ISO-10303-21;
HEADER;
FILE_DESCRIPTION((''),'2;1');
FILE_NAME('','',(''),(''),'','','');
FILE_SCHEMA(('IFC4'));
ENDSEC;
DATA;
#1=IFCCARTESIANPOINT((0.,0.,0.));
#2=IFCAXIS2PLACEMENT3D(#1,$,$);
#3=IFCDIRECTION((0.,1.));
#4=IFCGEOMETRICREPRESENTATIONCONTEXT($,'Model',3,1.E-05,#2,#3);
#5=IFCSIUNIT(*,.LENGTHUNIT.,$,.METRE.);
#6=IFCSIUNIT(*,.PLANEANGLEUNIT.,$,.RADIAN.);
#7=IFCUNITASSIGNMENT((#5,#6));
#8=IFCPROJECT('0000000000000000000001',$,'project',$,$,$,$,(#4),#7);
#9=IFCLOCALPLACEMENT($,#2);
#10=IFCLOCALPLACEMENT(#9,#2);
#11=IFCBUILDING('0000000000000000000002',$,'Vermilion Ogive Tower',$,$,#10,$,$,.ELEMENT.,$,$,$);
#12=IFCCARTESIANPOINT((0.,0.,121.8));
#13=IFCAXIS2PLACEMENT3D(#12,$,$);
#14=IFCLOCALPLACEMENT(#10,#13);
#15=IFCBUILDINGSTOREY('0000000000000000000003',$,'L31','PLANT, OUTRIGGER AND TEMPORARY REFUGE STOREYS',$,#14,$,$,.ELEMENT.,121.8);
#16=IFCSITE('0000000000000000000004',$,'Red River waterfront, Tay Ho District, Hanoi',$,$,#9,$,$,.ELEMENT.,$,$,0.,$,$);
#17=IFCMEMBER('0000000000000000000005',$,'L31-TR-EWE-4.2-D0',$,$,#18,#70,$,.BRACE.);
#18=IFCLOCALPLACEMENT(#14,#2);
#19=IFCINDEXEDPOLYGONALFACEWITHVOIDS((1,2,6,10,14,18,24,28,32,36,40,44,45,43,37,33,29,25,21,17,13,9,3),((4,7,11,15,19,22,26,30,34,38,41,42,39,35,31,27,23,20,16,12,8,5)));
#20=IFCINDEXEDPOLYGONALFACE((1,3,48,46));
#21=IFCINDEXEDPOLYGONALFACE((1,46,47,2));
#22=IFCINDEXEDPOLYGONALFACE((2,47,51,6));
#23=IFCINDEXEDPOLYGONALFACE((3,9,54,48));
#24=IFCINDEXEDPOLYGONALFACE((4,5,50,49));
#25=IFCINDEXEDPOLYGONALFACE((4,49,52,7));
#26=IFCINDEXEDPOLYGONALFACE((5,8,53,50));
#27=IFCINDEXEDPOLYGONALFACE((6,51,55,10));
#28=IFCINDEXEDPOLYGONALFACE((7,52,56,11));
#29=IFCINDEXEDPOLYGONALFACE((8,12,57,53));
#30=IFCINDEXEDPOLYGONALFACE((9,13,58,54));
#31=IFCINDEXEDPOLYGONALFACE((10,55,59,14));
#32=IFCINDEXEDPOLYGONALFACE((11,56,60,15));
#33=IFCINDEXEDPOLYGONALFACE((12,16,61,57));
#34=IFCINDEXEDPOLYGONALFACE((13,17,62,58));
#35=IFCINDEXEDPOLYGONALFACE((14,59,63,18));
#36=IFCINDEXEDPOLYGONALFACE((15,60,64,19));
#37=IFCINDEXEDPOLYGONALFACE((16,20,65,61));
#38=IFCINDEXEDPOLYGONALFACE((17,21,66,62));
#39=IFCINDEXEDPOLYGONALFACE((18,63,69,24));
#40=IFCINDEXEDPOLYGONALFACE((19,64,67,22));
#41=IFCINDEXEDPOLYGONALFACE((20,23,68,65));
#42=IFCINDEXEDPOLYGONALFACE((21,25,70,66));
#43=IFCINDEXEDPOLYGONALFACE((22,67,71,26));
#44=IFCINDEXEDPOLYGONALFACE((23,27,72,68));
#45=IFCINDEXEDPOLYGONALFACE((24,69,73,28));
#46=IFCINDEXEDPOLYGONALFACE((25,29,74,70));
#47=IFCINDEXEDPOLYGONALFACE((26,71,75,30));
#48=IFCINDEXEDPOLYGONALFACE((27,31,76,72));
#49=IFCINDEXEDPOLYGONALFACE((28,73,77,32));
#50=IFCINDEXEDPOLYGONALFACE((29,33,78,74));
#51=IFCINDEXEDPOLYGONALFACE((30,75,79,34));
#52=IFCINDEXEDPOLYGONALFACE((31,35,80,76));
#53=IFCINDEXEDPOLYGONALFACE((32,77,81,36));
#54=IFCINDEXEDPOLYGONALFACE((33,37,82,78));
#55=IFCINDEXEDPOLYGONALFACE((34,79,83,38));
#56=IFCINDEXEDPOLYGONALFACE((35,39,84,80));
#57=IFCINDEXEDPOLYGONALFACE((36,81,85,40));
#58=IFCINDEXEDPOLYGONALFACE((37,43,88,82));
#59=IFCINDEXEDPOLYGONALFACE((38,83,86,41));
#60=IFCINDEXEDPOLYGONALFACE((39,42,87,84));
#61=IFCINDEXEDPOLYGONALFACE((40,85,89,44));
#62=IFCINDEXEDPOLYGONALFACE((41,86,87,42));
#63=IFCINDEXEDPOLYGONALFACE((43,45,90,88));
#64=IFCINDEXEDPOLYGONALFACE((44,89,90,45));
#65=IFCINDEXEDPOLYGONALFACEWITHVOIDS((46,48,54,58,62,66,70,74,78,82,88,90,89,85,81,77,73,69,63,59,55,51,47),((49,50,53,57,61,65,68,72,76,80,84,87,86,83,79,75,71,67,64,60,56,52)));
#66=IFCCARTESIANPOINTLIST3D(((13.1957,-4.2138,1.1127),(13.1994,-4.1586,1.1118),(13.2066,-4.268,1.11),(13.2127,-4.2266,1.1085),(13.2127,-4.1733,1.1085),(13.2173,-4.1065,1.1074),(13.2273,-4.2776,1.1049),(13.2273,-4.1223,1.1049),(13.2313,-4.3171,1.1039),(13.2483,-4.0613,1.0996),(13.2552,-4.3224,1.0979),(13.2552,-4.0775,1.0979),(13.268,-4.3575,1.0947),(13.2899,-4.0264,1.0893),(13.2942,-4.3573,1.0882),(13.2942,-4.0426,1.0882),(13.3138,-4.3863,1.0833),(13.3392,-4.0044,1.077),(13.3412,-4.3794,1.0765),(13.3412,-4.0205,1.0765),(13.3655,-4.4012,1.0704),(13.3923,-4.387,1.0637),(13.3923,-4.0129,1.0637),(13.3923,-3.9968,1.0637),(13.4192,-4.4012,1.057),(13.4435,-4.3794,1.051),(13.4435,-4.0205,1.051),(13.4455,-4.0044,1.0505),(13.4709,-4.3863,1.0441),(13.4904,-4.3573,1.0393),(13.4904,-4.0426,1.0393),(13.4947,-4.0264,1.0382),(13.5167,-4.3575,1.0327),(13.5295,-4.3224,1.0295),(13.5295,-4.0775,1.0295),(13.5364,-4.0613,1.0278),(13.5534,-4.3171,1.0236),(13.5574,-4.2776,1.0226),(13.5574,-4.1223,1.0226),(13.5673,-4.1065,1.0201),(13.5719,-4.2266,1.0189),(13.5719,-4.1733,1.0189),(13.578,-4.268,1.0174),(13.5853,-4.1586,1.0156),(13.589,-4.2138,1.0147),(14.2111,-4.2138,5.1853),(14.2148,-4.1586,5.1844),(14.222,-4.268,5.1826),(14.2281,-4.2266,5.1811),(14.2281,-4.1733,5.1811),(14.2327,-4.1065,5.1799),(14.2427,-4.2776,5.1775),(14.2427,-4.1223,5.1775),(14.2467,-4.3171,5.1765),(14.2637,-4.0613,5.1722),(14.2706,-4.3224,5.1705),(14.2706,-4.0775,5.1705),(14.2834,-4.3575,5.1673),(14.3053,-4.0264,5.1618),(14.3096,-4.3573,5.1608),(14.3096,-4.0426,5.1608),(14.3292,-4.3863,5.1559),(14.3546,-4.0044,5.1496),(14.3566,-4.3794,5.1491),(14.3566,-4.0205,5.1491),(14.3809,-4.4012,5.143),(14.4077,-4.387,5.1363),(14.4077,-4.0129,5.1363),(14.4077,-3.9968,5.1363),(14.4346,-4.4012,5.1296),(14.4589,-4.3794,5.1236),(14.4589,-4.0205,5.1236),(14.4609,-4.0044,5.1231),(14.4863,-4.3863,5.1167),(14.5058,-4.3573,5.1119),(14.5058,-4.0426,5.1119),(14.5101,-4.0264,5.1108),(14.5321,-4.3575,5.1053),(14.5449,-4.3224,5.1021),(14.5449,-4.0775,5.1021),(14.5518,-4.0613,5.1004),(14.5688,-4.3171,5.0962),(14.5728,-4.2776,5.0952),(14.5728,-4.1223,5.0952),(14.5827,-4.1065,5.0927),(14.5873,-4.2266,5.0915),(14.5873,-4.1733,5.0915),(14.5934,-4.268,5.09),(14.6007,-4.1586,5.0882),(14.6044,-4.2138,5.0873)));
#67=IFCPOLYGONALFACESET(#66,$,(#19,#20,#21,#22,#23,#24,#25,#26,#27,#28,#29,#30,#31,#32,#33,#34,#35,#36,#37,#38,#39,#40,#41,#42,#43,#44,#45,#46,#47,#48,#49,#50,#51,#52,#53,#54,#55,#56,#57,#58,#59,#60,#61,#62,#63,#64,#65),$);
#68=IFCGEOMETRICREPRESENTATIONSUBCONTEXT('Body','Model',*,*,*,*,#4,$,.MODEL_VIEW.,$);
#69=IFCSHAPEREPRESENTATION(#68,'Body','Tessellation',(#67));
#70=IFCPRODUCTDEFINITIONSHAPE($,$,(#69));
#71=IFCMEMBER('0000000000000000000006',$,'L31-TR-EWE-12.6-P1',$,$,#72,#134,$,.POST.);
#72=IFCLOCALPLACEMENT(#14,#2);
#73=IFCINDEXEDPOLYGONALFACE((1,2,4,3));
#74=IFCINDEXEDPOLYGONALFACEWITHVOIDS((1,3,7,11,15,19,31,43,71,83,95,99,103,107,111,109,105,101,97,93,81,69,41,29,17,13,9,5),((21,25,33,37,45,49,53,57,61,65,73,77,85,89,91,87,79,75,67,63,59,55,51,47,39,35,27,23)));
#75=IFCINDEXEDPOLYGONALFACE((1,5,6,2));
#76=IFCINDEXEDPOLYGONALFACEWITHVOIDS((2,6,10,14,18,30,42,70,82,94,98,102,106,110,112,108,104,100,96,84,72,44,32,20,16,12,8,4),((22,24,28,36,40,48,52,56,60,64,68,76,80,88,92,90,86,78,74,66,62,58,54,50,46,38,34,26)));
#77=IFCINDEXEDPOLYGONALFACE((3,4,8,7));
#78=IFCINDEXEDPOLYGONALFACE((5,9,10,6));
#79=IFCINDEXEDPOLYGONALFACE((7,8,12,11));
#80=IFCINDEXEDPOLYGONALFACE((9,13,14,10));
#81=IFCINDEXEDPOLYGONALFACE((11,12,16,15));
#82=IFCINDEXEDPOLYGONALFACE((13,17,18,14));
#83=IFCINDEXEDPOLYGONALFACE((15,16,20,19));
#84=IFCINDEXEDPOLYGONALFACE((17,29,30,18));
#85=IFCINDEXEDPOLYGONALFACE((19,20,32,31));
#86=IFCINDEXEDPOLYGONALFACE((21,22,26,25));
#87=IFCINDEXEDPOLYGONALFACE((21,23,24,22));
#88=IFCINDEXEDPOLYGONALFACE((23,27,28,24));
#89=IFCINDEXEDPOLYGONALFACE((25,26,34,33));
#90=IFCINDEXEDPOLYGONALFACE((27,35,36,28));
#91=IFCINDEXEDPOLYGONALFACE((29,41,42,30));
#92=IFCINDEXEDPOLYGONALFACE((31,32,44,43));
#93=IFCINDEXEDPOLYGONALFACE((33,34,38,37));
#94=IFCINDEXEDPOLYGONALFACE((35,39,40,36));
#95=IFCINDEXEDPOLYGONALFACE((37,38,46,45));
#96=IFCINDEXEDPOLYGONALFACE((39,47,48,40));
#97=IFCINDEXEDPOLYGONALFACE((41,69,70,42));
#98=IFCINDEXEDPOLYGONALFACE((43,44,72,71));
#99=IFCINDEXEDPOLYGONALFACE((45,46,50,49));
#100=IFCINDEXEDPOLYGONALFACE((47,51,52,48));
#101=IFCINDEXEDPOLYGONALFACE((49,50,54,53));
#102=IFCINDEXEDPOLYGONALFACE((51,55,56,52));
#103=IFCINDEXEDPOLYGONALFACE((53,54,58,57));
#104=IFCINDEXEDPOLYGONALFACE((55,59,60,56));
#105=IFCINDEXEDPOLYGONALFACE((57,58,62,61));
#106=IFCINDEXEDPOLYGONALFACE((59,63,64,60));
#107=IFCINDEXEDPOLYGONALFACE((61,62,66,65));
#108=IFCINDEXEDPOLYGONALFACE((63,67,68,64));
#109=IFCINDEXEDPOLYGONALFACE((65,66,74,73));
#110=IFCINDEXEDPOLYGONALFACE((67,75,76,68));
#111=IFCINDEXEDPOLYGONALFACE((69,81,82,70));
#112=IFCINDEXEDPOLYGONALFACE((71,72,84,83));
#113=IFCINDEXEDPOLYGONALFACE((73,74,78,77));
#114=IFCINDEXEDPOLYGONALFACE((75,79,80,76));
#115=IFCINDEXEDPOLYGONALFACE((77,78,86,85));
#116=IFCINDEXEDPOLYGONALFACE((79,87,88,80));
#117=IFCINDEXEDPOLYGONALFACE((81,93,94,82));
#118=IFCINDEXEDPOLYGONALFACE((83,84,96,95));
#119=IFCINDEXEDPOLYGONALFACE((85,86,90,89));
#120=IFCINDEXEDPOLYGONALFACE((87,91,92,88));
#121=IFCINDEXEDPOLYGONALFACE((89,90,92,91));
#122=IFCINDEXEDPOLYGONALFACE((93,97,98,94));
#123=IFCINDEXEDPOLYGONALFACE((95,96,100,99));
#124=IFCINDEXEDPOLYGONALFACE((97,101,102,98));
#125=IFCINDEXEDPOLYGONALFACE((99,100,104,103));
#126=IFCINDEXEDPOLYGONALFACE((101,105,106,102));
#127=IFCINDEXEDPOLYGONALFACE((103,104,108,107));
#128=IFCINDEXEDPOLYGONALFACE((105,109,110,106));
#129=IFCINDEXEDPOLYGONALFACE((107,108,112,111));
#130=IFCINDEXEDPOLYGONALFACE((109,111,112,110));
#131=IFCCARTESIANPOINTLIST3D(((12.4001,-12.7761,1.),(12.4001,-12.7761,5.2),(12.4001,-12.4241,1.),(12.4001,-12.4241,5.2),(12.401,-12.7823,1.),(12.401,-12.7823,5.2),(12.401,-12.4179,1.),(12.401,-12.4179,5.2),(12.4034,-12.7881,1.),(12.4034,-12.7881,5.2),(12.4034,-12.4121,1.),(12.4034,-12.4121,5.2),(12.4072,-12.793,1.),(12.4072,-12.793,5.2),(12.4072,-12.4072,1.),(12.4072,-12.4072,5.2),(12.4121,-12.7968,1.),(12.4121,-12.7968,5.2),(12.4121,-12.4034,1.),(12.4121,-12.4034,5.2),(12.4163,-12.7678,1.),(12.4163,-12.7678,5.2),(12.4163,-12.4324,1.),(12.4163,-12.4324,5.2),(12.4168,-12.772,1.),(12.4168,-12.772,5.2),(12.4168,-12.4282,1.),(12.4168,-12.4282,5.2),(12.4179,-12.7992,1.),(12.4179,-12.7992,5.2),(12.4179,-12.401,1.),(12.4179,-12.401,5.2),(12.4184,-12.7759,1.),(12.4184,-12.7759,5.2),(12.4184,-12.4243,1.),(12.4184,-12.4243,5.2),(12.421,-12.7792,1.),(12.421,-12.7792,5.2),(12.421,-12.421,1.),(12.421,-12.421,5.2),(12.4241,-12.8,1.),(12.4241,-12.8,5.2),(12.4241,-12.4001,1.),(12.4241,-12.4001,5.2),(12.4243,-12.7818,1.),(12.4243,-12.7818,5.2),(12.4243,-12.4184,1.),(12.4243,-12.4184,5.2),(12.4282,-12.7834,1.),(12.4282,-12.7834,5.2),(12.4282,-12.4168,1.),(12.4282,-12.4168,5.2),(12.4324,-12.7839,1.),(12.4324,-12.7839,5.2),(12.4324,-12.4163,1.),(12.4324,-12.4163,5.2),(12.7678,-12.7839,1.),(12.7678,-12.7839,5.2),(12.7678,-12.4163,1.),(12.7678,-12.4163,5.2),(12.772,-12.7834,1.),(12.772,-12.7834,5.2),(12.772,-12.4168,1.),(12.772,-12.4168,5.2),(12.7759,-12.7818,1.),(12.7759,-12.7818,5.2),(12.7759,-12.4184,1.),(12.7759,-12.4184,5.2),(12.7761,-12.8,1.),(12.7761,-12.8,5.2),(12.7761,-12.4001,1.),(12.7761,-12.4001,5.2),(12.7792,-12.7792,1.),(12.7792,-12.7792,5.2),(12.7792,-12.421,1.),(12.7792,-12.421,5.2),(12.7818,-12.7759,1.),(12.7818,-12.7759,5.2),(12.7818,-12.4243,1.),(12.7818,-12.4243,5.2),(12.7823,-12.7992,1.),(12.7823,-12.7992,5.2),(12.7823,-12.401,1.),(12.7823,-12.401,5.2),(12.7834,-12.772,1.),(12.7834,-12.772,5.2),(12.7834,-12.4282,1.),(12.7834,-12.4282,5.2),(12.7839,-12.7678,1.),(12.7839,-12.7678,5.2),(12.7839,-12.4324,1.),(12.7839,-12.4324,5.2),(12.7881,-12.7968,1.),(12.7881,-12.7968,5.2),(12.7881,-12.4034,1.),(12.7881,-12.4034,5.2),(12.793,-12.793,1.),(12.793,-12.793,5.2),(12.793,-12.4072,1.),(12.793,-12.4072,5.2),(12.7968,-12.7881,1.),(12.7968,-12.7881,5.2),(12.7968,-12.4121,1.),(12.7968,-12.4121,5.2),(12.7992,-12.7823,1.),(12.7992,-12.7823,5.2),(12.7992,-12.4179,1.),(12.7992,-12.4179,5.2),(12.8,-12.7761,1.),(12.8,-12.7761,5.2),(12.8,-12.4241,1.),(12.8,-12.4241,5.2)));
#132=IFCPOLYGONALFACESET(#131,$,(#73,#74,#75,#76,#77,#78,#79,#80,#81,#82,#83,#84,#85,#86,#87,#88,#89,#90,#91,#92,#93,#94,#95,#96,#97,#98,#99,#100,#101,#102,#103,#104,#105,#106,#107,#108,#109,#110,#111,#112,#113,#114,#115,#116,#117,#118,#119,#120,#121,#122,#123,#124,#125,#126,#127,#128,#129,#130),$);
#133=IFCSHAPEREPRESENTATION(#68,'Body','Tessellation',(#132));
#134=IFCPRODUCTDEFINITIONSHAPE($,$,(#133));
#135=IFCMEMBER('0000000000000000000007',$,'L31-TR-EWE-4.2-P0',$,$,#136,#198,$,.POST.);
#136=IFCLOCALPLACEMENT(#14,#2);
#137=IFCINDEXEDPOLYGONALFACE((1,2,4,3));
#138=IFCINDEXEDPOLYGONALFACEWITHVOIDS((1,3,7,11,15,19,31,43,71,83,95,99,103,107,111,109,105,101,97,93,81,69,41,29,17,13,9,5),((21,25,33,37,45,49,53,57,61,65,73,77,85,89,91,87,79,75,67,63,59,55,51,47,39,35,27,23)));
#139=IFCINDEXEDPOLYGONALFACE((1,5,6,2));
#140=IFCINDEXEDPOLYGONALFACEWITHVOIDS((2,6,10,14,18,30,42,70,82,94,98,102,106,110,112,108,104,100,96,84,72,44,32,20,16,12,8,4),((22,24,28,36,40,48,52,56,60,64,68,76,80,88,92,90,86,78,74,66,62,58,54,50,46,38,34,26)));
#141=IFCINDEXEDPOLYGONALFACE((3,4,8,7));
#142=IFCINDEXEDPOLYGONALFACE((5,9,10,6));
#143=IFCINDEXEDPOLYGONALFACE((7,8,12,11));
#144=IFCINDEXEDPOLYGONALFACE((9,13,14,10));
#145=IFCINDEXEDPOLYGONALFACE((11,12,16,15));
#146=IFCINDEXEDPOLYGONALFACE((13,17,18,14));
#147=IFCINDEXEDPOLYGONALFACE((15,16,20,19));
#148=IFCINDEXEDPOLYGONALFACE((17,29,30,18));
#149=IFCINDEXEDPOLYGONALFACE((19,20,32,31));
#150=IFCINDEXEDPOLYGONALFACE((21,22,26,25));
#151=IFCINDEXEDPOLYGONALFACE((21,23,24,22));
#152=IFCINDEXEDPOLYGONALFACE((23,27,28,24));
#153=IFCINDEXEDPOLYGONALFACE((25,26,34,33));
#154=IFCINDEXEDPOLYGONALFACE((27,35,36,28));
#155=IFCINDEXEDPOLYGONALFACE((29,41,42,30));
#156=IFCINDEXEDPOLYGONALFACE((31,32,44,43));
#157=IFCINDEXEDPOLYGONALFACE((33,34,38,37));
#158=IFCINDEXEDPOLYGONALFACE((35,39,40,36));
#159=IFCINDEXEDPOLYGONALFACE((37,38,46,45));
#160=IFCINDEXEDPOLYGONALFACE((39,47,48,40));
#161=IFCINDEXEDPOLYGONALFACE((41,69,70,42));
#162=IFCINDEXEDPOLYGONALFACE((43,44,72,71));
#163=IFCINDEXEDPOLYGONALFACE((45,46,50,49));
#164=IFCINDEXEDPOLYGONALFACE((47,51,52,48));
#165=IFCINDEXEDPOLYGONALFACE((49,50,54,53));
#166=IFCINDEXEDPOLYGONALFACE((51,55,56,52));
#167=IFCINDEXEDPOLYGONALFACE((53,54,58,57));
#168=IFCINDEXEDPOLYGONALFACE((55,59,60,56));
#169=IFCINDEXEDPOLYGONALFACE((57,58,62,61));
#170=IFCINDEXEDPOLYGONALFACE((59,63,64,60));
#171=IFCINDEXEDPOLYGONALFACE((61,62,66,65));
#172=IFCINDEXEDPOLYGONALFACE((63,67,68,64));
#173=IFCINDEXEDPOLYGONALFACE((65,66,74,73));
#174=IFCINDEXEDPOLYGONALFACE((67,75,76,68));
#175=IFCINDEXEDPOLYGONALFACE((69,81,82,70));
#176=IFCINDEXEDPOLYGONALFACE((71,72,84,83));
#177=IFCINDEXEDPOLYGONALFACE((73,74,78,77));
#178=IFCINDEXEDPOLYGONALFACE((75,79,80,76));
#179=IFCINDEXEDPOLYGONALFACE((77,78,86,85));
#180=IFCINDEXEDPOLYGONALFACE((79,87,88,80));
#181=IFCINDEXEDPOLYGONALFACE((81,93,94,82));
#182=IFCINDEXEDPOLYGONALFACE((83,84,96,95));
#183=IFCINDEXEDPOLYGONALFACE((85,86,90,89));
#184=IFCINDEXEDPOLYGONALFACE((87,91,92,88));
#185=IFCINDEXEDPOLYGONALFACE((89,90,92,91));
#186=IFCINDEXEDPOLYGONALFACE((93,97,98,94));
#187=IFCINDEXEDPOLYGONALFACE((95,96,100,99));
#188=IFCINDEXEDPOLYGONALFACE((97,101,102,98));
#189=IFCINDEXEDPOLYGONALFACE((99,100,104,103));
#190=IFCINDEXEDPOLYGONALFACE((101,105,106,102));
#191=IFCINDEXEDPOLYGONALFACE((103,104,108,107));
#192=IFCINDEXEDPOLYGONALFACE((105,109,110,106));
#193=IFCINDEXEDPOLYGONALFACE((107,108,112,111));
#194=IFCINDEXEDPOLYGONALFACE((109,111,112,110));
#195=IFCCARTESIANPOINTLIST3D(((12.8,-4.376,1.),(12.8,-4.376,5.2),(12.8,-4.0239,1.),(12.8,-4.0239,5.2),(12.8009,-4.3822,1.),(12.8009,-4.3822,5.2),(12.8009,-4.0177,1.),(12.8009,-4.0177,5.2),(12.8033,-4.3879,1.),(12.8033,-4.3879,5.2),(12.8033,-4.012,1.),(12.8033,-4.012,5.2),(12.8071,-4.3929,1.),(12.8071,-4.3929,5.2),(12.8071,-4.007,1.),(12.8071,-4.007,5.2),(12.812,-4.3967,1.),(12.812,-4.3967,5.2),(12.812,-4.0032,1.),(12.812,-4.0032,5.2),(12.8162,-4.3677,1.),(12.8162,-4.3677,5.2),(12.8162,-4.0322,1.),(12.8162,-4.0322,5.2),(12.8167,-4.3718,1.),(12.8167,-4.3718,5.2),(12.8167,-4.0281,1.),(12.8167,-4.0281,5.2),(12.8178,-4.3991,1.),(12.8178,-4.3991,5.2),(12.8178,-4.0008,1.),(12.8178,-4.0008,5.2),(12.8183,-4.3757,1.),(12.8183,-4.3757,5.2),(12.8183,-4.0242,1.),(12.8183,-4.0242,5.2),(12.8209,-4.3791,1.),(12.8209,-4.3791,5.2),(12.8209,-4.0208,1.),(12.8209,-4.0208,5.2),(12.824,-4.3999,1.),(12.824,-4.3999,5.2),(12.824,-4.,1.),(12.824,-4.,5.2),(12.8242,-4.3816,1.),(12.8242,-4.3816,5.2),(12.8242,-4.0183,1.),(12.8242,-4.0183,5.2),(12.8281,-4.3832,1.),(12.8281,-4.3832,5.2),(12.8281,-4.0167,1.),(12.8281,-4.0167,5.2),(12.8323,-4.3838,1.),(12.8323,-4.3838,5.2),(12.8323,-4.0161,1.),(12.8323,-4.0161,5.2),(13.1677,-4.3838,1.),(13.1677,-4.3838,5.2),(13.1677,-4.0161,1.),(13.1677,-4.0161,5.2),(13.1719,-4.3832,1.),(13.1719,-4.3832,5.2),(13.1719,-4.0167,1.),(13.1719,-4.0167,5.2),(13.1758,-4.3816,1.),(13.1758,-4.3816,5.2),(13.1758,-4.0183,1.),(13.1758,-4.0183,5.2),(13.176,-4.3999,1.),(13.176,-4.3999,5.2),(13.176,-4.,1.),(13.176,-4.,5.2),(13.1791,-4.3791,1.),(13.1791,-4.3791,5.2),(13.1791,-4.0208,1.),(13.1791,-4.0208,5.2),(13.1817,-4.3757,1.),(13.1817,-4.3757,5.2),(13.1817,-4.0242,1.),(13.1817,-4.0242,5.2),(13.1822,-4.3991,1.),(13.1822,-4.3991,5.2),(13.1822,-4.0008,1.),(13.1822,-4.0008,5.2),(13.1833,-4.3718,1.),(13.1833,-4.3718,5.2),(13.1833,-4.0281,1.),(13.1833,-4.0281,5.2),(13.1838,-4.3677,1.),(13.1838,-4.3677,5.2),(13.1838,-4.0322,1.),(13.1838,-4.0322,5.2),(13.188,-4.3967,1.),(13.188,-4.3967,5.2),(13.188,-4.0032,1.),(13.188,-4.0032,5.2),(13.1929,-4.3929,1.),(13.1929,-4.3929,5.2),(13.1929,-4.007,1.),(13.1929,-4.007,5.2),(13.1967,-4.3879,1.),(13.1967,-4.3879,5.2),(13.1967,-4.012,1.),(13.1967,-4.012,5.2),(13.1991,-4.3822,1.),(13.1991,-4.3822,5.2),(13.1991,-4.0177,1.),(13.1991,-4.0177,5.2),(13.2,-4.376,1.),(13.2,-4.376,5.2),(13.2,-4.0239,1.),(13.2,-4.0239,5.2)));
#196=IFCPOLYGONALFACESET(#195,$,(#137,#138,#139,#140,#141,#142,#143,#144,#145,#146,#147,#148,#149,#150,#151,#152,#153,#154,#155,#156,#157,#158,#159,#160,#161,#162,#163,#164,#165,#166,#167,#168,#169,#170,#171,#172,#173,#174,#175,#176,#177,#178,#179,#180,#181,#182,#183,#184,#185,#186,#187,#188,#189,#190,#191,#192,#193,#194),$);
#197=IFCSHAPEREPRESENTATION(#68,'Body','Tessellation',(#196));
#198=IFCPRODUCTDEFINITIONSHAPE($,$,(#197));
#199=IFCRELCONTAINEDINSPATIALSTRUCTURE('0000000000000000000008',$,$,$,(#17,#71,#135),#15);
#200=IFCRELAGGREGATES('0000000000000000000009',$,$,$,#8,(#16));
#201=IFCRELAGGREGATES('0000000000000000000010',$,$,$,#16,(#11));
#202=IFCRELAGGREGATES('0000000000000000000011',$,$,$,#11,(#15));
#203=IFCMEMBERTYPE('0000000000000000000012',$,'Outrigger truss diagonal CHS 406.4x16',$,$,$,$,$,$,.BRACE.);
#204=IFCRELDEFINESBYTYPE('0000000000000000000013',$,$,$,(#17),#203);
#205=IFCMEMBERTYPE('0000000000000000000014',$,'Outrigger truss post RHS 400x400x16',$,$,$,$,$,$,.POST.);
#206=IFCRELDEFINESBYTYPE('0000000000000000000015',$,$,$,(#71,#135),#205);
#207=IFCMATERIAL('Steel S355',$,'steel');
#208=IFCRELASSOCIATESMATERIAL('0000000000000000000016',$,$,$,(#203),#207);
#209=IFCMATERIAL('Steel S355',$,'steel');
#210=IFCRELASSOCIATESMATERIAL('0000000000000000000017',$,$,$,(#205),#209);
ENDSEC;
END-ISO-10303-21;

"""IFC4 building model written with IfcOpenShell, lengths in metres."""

from ifc_helpers import new_model, si_unit, direction, frame, origin, origin_2d, place, context, subcontext, project, spatial, hollow_rectangle, hollow_circle, extrude, material, material_profile, profile_set, type_object, element, save


model = new_model("IFC4")

# Units and contexts
model_context = context("Model", 3, precision=1e-05, world=origin(), true_north=direction((0.0, 1.0)))
body_context = subcontext(model_context, "Body", "Model", "MODEL_VIEW")
ifc_project = project(units=[si_unit("LENGTHUNIT", "METRE"), si_unit("PLANEANGLEUNIT", "RADIAN")], contexts=[model_context])

# Site, building, storey
site_placement = place(None, origin())
site = spatial("IfcSite", under=ifc_project, at=site_placement, Name="Red River waterfront, Tay Ho District, Hanoi", CompositionType="ELEMENT", RefElevation=0.0)
building_placement = place(site_placement, origin())
building = spatial("IfcBuilding", under=site, at=building_placement, Name="Vermilion Ogive Tower", CompositionType="ELEMENT")
storey_placement = place(building_placement, frame((0.0, 0.0, 121.8)))
storey = spatial("IfcBuildingStorey", under=building, at=storey_placement, Name="L31", Description="PLANT, OUTRIGGER AND TEMPORARY REFUGE STOREYS", CompositionType="ELEMENT", Elevation=121.8)

# Members
ifc_material_1 = material(Name="Steel S355", Category="steel")
ifc_material_profile_1 = material_profile(ifc_material_1, hollow_circle(Radius=0.2031, WallThickness=0.0161, at=origin_2d()), Name="CHS 406.4x16")
ifc_profile_set_1 = profile_set([ifc_material_profile_1], Name="Steel S355")
member_type_1 = type_object("IfcMemberType", Name="Outrigger truss diagonal CHS 406.4x16", PredefinedType="BRACE", material=ifc_profile_set_1)
member_1_placement = place(storey_placement, frame((13.3923, -4.2, 1.0637), z_axis=(0.24192, 0.0, 0.970296), x_axis=(0.0, 1.0, 0.0)))
element("IfcMember", 1, at=member_1_placement, inside=storey, type_object=member_type_1, Name="L31-TR-EWE-4.2-D0", PredefinedType="BRACE", context=body_context, shape_type="SweptSolid", body=[
    extrude(hollow_circle(Radius=0.2031, WallThickness=0.0161, at=origin_2d()), origin(), (0.0, 0.0, 1.0), 4.1973),
])
ifc_material_2 = material(Name="Steel S355", Category="steel")
ifc_material_profile_2 = material_profile(ifc_material_2, hollow_rectangle(XDim=0.3999, YDim=0.3999, WallThickness=0.0161, InnerFilletRadius=0.0161, OuterFilletRadius=0.0239, at=origin_2d()), Name="RHS 400x400x16")
ifc_profile_set_2 = profile_set([ifc_material_profile_2], Name="Steel S355")
member_type_2 = type_object("IfcMemberType", Name="Outrigger truss post RHS 400x400x16", PredefinedType="POST", material=ifc_profile_set_2)
for number, where, z_axis, x_axis, name in (
    (2, (12.6001, -12.6001, 1.0), (0.0, 0.0, 1.0), (1.0, 0.0, 0.0), "L31-TR-EWE-12.6-P1"),
    (3, (13.0, -4.2, 1.0), (0.0, 0.0, 1.0), (1.0, 0.0, 0.0), "L31-TR-EWE-4.2-P0"),
):
    element("IfcMember", number, at=place(storey_placement, frame(where, z_axis=z_axis, x_axis=x_axis)), inside=storey, type_object=member_type_2, Name=name, PredefinedType="POST", context=body_context, shape_type="SweptSolid", body=[
        extrude(hollow_rectangle(XDim=0.3999, YDim=0.3999, WallThickness=0.0161, InnerFilletRadius=0.0161, OuterFilletRadius=0.0239, at=origin_2d()), origin(), (0.0, 0.0, 1.0), 4.2),
    ])

save(model, "model.ifc")
